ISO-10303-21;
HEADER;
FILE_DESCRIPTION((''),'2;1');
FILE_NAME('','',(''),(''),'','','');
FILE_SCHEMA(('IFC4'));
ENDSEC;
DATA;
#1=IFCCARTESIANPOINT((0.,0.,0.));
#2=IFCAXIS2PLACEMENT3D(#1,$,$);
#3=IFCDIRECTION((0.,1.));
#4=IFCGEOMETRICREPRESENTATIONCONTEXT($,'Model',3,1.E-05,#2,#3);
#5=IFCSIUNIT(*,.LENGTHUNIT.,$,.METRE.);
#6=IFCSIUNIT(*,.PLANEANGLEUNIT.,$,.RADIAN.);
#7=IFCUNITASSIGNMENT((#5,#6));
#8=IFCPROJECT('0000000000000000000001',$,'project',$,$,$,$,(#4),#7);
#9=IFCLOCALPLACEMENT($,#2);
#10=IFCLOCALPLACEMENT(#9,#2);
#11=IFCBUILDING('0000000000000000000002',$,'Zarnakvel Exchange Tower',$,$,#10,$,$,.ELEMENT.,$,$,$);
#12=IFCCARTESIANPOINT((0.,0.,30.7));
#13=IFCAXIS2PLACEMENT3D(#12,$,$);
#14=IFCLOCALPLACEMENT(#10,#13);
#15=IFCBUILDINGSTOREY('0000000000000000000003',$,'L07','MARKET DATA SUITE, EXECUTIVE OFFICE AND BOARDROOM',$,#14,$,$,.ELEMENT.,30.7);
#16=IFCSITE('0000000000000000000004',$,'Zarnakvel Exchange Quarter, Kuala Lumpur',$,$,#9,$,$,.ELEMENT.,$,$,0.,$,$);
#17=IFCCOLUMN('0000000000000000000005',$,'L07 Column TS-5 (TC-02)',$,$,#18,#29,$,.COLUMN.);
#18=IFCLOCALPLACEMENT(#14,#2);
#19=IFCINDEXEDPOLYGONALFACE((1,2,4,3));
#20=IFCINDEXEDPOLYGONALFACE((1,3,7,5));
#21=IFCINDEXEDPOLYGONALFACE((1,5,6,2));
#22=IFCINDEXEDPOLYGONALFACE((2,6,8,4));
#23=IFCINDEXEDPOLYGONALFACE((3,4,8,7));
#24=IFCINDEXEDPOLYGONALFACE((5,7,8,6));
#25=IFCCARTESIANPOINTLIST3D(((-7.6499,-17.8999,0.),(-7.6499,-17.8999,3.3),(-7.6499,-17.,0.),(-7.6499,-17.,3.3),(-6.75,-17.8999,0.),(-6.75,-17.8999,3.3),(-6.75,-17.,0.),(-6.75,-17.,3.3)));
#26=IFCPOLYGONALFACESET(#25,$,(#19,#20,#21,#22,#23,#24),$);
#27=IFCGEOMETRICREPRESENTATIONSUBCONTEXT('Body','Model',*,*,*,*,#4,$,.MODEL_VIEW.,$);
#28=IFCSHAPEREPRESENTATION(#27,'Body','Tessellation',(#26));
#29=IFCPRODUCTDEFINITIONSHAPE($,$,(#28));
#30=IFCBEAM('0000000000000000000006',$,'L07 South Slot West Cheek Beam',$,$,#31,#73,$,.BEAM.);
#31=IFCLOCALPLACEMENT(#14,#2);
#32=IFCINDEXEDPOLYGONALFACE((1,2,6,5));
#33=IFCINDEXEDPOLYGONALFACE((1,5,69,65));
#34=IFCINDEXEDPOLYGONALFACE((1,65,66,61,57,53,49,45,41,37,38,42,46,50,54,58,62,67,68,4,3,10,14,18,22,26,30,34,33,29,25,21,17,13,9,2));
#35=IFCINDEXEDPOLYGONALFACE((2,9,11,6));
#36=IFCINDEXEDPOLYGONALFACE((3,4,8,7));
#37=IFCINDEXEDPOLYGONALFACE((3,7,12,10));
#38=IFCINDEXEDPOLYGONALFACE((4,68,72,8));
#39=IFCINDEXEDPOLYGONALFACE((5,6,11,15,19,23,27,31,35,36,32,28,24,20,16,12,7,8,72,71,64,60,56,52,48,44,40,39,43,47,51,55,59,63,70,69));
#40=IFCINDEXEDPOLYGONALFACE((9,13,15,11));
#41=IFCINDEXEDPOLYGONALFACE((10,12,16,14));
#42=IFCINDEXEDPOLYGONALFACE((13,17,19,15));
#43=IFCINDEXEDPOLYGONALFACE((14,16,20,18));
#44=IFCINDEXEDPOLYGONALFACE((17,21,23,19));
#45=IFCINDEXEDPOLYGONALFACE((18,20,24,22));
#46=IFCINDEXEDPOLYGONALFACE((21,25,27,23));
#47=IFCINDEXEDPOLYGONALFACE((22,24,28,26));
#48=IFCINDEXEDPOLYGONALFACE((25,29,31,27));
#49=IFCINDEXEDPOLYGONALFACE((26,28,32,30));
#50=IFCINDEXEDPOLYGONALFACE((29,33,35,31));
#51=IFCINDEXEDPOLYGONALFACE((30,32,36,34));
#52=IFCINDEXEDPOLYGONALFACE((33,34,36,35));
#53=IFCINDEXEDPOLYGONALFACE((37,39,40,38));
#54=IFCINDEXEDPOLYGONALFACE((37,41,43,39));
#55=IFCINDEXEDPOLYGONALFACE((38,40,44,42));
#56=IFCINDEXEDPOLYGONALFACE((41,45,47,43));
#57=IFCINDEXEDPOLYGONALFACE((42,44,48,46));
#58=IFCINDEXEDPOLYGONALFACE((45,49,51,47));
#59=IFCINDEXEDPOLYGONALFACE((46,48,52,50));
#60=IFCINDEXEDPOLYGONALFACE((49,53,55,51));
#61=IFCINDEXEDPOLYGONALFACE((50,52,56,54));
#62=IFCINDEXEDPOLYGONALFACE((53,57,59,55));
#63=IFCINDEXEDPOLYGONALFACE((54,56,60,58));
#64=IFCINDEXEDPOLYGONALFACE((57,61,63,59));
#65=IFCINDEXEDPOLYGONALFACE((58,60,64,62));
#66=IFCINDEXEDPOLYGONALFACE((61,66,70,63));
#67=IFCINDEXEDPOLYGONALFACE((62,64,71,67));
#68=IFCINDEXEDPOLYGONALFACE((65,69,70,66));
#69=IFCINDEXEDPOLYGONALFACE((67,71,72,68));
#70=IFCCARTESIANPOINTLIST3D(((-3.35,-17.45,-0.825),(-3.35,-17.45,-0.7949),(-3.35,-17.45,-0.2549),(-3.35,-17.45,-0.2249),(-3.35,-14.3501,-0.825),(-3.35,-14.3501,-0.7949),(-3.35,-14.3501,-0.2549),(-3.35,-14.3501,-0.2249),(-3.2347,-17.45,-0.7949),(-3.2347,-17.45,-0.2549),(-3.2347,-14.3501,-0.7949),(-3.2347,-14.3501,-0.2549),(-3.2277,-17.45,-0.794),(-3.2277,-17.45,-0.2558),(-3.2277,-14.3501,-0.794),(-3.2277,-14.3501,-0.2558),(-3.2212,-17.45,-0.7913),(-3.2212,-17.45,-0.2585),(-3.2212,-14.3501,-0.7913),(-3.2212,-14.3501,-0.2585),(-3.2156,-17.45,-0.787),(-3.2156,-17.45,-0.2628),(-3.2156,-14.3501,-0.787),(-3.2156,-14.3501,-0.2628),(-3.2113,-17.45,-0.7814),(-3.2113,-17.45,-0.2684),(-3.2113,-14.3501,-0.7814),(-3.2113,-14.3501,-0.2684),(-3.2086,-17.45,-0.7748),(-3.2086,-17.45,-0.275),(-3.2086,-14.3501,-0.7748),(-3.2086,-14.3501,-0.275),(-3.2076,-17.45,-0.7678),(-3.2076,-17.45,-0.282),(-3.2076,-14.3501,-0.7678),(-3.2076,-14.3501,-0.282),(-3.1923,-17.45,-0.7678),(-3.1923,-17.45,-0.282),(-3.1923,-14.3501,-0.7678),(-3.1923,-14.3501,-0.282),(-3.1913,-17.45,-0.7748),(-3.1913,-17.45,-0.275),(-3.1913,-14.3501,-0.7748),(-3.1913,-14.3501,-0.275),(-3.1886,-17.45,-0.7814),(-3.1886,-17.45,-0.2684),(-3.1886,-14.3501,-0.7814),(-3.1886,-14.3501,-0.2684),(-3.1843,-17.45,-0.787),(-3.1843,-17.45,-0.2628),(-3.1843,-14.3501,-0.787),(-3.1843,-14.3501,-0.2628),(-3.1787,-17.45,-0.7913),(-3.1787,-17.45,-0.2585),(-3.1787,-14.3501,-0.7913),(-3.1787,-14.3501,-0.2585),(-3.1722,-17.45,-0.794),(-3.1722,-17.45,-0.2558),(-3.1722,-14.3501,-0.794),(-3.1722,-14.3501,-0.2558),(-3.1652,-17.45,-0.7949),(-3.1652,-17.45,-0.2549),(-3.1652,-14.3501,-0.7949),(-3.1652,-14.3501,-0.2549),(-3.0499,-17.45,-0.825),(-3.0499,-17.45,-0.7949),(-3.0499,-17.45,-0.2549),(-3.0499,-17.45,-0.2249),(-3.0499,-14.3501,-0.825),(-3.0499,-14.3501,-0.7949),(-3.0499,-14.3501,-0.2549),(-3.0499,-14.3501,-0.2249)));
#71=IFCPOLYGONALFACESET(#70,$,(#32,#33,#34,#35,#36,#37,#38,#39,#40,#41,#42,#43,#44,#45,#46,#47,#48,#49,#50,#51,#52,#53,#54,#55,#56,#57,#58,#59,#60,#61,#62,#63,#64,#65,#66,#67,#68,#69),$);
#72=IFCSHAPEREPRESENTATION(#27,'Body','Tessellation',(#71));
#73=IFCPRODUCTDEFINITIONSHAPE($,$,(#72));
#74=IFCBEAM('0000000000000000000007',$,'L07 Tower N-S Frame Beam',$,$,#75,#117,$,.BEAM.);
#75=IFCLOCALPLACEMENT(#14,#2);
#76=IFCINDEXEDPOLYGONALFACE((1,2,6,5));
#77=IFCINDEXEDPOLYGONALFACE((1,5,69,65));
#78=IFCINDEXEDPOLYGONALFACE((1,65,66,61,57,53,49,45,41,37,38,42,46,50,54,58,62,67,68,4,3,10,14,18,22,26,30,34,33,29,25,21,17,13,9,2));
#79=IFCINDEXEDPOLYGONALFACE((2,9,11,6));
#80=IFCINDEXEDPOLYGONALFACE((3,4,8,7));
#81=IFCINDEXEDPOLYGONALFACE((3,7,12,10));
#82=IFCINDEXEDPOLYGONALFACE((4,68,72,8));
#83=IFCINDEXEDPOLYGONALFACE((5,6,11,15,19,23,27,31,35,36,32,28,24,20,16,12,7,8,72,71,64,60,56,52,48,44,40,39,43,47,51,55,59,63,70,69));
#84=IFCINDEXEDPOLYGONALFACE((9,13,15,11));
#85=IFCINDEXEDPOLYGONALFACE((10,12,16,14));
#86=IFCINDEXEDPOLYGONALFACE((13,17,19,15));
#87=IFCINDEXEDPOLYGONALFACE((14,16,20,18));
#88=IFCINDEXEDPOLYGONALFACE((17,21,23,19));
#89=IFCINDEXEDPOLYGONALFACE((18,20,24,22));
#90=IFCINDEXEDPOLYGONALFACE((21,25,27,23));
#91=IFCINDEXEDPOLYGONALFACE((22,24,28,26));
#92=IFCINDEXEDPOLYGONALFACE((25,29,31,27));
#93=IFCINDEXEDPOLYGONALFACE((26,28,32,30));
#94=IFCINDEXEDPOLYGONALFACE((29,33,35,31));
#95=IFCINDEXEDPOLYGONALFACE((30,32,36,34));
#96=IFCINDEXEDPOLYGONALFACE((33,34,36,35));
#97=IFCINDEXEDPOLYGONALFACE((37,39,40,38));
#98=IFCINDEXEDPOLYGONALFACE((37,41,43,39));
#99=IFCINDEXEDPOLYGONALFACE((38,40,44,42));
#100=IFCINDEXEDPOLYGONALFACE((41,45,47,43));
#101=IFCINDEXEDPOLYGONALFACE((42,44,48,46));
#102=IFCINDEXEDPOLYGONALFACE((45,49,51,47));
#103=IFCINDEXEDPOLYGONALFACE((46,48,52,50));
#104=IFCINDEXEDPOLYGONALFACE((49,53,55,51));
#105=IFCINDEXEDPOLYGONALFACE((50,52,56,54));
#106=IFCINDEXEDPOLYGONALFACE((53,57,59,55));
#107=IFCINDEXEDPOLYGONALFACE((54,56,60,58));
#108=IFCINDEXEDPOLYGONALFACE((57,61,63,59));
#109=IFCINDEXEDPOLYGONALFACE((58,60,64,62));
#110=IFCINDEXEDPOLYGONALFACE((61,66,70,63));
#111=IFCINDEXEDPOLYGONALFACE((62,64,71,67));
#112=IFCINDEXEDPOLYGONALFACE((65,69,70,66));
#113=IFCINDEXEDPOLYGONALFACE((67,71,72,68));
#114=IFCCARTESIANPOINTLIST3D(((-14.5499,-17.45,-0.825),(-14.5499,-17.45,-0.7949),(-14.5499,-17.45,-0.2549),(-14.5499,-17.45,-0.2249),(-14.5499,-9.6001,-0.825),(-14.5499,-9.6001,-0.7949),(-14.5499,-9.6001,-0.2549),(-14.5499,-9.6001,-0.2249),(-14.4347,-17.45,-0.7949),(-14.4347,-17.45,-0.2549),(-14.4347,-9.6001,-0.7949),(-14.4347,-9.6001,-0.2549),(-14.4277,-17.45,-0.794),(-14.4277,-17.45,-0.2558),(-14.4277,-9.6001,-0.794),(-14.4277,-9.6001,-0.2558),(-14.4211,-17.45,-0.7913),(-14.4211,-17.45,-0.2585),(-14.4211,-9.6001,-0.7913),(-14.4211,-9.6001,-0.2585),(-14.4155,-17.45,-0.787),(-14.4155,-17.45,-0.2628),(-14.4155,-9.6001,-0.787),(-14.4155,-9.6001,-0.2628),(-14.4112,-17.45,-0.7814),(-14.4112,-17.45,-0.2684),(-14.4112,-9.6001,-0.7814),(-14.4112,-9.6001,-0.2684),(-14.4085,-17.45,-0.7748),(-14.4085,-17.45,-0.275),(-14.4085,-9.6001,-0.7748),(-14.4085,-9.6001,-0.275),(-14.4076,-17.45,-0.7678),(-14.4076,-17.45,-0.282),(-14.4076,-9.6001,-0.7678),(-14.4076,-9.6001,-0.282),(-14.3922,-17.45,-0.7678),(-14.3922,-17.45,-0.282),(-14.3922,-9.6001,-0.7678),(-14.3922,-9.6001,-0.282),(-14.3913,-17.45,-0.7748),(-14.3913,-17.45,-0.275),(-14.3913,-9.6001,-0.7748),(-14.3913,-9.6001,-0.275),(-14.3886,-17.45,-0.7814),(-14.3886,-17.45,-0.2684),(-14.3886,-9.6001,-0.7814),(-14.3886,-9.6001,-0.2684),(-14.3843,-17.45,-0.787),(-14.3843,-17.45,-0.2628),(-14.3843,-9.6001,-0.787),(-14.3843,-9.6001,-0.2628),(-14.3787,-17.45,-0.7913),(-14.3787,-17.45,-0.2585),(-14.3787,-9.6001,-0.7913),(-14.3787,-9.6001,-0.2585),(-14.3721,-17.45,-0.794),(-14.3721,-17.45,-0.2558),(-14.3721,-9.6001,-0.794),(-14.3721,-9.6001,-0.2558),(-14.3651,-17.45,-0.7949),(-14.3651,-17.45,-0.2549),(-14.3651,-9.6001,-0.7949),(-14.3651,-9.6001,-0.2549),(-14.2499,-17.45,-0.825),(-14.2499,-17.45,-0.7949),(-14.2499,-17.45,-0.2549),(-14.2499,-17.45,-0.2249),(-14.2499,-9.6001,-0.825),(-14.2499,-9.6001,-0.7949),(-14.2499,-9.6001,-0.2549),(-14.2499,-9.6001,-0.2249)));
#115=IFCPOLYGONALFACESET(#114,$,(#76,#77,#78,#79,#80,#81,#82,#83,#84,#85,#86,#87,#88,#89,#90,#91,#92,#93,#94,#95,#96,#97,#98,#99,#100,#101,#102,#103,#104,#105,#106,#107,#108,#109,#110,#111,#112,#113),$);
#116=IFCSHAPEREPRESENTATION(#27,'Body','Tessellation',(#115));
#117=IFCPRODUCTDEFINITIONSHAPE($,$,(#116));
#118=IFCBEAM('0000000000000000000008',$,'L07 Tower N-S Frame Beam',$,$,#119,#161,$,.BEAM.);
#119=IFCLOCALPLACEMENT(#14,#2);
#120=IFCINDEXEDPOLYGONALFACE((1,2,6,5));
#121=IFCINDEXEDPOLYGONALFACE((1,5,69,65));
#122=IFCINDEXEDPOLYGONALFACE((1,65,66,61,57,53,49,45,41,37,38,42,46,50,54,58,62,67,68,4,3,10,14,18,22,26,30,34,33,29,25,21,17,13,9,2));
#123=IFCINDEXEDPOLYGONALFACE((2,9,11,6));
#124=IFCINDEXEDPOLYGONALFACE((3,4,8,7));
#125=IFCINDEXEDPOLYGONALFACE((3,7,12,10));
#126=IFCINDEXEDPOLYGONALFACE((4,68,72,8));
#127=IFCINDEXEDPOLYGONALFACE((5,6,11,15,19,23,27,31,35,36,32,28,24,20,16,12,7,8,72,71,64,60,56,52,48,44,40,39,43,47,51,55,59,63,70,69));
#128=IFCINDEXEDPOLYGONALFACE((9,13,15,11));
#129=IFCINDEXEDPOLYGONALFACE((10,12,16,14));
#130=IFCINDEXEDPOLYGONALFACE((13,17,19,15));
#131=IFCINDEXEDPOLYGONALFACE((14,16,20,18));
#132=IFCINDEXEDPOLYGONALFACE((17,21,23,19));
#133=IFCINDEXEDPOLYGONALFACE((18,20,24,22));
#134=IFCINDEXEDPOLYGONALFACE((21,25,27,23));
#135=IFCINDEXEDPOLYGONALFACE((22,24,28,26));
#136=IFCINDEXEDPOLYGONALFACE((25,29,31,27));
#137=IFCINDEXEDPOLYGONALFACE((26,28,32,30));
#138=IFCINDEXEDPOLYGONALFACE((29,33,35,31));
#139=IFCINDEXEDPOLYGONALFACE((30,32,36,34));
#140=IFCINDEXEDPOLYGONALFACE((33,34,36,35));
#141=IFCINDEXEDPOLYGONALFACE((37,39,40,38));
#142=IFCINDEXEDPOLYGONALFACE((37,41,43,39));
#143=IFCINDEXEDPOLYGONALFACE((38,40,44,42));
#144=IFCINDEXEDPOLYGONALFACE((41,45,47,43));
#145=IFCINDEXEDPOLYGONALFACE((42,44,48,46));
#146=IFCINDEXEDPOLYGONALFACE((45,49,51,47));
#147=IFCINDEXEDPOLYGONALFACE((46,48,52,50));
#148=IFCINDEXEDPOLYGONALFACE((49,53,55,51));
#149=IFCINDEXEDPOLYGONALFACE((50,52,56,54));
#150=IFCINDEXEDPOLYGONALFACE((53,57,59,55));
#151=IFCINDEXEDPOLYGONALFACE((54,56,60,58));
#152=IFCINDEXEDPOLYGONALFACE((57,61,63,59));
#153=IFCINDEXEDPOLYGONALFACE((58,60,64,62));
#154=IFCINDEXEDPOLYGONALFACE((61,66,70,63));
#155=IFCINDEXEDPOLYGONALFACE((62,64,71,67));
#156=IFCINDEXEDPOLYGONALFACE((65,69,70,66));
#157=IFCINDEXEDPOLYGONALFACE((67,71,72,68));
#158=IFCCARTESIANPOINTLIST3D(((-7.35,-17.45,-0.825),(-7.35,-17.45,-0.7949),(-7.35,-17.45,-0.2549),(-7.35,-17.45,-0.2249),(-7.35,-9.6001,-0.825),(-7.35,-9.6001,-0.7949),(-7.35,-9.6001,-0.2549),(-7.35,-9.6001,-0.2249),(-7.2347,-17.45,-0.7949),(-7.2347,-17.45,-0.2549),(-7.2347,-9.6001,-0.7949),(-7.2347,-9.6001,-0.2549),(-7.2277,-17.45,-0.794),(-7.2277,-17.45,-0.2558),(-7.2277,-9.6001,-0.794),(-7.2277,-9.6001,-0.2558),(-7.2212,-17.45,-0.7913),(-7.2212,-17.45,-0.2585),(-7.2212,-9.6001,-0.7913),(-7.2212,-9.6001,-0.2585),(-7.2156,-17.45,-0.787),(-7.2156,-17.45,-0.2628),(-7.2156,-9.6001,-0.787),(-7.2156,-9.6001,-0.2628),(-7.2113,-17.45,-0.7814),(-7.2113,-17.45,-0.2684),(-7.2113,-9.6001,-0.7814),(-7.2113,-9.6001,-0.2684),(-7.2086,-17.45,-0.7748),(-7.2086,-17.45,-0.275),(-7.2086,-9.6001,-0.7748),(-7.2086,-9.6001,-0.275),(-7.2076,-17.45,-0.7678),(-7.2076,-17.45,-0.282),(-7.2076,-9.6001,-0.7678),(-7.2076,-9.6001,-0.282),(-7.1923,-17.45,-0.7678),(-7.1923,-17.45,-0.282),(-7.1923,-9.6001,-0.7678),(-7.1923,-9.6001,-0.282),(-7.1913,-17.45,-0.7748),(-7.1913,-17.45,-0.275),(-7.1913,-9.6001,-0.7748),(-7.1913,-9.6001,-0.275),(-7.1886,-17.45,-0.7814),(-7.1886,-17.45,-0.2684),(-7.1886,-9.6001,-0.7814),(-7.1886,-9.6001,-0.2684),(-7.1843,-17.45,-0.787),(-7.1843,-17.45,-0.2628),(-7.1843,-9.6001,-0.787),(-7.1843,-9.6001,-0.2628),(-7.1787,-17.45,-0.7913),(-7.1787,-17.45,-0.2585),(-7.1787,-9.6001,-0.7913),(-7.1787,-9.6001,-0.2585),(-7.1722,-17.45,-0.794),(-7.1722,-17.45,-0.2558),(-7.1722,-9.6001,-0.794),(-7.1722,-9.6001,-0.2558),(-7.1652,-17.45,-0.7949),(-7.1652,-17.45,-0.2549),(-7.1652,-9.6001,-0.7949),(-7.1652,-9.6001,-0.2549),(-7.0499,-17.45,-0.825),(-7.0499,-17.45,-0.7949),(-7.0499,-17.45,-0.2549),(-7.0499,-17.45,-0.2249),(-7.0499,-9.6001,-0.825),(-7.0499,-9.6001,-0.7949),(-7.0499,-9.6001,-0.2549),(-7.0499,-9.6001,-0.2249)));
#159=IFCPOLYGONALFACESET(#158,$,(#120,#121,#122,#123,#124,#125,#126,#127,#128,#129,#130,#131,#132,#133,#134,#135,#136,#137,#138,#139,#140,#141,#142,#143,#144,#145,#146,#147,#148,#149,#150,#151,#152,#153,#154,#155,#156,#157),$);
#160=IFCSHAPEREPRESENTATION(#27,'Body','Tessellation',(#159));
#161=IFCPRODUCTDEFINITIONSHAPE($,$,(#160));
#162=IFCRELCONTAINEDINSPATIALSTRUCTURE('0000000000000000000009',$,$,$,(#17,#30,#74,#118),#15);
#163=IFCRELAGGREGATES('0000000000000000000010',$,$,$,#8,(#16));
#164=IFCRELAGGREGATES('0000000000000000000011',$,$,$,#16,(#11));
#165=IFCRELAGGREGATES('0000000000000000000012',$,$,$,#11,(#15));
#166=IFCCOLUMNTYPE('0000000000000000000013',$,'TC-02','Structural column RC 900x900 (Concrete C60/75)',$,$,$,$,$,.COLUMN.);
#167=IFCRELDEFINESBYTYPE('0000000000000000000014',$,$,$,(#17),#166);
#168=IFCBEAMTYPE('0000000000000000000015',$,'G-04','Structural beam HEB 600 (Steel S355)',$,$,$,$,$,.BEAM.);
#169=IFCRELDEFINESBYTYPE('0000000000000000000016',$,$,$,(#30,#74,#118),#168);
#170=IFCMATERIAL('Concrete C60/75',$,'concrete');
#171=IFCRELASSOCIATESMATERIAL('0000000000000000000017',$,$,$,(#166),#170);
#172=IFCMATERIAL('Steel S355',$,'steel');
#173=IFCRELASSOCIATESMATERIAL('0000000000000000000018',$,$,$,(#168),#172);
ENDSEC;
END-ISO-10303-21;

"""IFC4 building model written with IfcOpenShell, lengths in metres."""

from ifc_helpers import new_model, si_unit, direction, frame, origin, origin_2d, place, context, subcontext, project, spatial, rectangle, i_section, extrude, material, material_profile, profile_set, type_object, element, save


model = new_model("IFC4")

# Units and contexts
model_context = context("Model", 3, precision=1e-05, world=origin(), true_north=direction((0.0, 1.0)))
body_context = subcontext(model_context, "Body", "Model", "MODEL_VIEW")
ifc_project = project(units=[si_unit("LENGTHUNIT", "METRE"), si_unit("PLANEANGLEUNIT", "RADIAN")], contexts=[model_context])

# Site, building, storey
site_placement = place(None, origin())
site = spatial("IfcSite", under=ifc_project, at=site_placement, Name="Zarnakvel Exchange Quarter, Kuala Lumpur", CompositionType="ELEMENT", RefElevation=0.0)
building_placement = place(site_placement, origin())
building = spatial("IfcBuilding", under=site, at=building_placement, Name="Zarnakvel Exchange Tower", CompositionType="ELEMENT")
storey_placement = place(building_placement, frame((0.0, 0.0, 30.7)))
storey = spatial("IfcBuildingStorey", under=building, at=storey_placement, Name="L07", Description="MARKET DATA SUITE, EXECUTIVE OFFICE AND BOARDROOM", CompositionType="ELEMENT", Elevation=30.7)

# Column
ifc_material_1 = material(Name="Concrete C60/75", Category="concrete")
ifc_material_profile_1 = material_profile(ifc_material_1, rectangle(XDim=0.8999, YDim=0.8999, at=origin_2d()))
ifc_profile_set_1 = profile_set([ifc_material_profile_1], Name="Concrete C60/75")
column_type = type_object("IfcColumnType", Name="TC-02", Description="Structural column RC 900x900 (Concrete C60/75)", PredefinedType="COLUMN", material=ifc_profile_set_1)
column_placement = place(storey_placement, frame((-7.2, -17.45, 0.0), z_axis=(0.0, 0.0, 1.0), x_axis=(1.0, 0.0, 0.0)))
element("IfcColumn", 1, at=column_placement, inside=storey, type_object=column_type, Name="L07 Column TS-5 (TC-02)", PredefinedType="COLUMN", context=body_context, shape_type="SweptSolid", body=[
    extrude(rectangle(XDim=0.8999, YDim=0.8999, at=origin_2d()), origin(), (0.0, 0.0, 1.0), 3.3),
])

# Beams
ifc_material_2 = material(Name="Steel S355", Category="steel")
ifc_material_profile_2 = material_profile(ifc_material_2, i_section(OverallWidth=0.3, OverallDepth=0.6001, WebThickness=0.0154, FlangeThickness=0.03, FilletRadius=0.0271, at=origin_2d()))
ifc_profile_set_2 = profile_set([ifc_material_profile_2], Name="Steel S355")
beam_type_1 = type_object("IfcBeamType", Name="G-04", Description="Structural beam HEB 600 (Steel S355)", PredefinedType="BEAM", material=ifc_profile_set_2)
beam_1_placement = place(storey_placement, frame((-3.2, -17.45, -0.5249), z_axis=(0.0, 1.0, 0.0), x_axis=(-1.0, 0.0, 0.0)))
element("IfcBeam", 2, at=beam_1_placement, inside=storey, type_object=beam_type_1, Name="L07 South Slot West Cheek Beam", PredefinedType="BEAM", context=body_context, shape_type="SweptSolid", body=[
    extrude(i_section(OverallWidth=0.3, OverallDepth=0.6001, WebThickness=0.0154, FlangeThickness=0.03, FilletRadius=0.0271, at=origin_2d()), origin(), (0.0, 0.0, 1.0), 3.0999),
])
for number, where, z_axis, x_axis, name in (
    (3, (-14.3999, -17.45, -0.5249), (0.0, 1.0, 0.0), (-1.0, 0.0, 0.0), "L07 Tower N-S Frame Beam"),
    (4, (-7.2, -17.45, -0.5249), (0.0, 1.0, 0.0), (-1.0, 0.0, 0.0), "L07 Tower N-S Frame Beam"),
):
    element("IfcBeam", number, at=place(storey_placement, frame(where, z_axis=z_axis, x_axis=x_axis)), inside=storey, type_object=beam_type_1, Name=name, PredefinedType="BEAM", context=body_context, shape_type="SweptSolid", body=[
        extrude(i_section(OverallWidth=0.3, OverallDepth=0.6001, WebThickness=0.0154, FlangeThickness=0.03, FilletRadius=0.0271, at=origin_2d()), origin(), (0.0, 0.0, 1.0), 7.8499),
    ])

save(model, "model.ifc")
